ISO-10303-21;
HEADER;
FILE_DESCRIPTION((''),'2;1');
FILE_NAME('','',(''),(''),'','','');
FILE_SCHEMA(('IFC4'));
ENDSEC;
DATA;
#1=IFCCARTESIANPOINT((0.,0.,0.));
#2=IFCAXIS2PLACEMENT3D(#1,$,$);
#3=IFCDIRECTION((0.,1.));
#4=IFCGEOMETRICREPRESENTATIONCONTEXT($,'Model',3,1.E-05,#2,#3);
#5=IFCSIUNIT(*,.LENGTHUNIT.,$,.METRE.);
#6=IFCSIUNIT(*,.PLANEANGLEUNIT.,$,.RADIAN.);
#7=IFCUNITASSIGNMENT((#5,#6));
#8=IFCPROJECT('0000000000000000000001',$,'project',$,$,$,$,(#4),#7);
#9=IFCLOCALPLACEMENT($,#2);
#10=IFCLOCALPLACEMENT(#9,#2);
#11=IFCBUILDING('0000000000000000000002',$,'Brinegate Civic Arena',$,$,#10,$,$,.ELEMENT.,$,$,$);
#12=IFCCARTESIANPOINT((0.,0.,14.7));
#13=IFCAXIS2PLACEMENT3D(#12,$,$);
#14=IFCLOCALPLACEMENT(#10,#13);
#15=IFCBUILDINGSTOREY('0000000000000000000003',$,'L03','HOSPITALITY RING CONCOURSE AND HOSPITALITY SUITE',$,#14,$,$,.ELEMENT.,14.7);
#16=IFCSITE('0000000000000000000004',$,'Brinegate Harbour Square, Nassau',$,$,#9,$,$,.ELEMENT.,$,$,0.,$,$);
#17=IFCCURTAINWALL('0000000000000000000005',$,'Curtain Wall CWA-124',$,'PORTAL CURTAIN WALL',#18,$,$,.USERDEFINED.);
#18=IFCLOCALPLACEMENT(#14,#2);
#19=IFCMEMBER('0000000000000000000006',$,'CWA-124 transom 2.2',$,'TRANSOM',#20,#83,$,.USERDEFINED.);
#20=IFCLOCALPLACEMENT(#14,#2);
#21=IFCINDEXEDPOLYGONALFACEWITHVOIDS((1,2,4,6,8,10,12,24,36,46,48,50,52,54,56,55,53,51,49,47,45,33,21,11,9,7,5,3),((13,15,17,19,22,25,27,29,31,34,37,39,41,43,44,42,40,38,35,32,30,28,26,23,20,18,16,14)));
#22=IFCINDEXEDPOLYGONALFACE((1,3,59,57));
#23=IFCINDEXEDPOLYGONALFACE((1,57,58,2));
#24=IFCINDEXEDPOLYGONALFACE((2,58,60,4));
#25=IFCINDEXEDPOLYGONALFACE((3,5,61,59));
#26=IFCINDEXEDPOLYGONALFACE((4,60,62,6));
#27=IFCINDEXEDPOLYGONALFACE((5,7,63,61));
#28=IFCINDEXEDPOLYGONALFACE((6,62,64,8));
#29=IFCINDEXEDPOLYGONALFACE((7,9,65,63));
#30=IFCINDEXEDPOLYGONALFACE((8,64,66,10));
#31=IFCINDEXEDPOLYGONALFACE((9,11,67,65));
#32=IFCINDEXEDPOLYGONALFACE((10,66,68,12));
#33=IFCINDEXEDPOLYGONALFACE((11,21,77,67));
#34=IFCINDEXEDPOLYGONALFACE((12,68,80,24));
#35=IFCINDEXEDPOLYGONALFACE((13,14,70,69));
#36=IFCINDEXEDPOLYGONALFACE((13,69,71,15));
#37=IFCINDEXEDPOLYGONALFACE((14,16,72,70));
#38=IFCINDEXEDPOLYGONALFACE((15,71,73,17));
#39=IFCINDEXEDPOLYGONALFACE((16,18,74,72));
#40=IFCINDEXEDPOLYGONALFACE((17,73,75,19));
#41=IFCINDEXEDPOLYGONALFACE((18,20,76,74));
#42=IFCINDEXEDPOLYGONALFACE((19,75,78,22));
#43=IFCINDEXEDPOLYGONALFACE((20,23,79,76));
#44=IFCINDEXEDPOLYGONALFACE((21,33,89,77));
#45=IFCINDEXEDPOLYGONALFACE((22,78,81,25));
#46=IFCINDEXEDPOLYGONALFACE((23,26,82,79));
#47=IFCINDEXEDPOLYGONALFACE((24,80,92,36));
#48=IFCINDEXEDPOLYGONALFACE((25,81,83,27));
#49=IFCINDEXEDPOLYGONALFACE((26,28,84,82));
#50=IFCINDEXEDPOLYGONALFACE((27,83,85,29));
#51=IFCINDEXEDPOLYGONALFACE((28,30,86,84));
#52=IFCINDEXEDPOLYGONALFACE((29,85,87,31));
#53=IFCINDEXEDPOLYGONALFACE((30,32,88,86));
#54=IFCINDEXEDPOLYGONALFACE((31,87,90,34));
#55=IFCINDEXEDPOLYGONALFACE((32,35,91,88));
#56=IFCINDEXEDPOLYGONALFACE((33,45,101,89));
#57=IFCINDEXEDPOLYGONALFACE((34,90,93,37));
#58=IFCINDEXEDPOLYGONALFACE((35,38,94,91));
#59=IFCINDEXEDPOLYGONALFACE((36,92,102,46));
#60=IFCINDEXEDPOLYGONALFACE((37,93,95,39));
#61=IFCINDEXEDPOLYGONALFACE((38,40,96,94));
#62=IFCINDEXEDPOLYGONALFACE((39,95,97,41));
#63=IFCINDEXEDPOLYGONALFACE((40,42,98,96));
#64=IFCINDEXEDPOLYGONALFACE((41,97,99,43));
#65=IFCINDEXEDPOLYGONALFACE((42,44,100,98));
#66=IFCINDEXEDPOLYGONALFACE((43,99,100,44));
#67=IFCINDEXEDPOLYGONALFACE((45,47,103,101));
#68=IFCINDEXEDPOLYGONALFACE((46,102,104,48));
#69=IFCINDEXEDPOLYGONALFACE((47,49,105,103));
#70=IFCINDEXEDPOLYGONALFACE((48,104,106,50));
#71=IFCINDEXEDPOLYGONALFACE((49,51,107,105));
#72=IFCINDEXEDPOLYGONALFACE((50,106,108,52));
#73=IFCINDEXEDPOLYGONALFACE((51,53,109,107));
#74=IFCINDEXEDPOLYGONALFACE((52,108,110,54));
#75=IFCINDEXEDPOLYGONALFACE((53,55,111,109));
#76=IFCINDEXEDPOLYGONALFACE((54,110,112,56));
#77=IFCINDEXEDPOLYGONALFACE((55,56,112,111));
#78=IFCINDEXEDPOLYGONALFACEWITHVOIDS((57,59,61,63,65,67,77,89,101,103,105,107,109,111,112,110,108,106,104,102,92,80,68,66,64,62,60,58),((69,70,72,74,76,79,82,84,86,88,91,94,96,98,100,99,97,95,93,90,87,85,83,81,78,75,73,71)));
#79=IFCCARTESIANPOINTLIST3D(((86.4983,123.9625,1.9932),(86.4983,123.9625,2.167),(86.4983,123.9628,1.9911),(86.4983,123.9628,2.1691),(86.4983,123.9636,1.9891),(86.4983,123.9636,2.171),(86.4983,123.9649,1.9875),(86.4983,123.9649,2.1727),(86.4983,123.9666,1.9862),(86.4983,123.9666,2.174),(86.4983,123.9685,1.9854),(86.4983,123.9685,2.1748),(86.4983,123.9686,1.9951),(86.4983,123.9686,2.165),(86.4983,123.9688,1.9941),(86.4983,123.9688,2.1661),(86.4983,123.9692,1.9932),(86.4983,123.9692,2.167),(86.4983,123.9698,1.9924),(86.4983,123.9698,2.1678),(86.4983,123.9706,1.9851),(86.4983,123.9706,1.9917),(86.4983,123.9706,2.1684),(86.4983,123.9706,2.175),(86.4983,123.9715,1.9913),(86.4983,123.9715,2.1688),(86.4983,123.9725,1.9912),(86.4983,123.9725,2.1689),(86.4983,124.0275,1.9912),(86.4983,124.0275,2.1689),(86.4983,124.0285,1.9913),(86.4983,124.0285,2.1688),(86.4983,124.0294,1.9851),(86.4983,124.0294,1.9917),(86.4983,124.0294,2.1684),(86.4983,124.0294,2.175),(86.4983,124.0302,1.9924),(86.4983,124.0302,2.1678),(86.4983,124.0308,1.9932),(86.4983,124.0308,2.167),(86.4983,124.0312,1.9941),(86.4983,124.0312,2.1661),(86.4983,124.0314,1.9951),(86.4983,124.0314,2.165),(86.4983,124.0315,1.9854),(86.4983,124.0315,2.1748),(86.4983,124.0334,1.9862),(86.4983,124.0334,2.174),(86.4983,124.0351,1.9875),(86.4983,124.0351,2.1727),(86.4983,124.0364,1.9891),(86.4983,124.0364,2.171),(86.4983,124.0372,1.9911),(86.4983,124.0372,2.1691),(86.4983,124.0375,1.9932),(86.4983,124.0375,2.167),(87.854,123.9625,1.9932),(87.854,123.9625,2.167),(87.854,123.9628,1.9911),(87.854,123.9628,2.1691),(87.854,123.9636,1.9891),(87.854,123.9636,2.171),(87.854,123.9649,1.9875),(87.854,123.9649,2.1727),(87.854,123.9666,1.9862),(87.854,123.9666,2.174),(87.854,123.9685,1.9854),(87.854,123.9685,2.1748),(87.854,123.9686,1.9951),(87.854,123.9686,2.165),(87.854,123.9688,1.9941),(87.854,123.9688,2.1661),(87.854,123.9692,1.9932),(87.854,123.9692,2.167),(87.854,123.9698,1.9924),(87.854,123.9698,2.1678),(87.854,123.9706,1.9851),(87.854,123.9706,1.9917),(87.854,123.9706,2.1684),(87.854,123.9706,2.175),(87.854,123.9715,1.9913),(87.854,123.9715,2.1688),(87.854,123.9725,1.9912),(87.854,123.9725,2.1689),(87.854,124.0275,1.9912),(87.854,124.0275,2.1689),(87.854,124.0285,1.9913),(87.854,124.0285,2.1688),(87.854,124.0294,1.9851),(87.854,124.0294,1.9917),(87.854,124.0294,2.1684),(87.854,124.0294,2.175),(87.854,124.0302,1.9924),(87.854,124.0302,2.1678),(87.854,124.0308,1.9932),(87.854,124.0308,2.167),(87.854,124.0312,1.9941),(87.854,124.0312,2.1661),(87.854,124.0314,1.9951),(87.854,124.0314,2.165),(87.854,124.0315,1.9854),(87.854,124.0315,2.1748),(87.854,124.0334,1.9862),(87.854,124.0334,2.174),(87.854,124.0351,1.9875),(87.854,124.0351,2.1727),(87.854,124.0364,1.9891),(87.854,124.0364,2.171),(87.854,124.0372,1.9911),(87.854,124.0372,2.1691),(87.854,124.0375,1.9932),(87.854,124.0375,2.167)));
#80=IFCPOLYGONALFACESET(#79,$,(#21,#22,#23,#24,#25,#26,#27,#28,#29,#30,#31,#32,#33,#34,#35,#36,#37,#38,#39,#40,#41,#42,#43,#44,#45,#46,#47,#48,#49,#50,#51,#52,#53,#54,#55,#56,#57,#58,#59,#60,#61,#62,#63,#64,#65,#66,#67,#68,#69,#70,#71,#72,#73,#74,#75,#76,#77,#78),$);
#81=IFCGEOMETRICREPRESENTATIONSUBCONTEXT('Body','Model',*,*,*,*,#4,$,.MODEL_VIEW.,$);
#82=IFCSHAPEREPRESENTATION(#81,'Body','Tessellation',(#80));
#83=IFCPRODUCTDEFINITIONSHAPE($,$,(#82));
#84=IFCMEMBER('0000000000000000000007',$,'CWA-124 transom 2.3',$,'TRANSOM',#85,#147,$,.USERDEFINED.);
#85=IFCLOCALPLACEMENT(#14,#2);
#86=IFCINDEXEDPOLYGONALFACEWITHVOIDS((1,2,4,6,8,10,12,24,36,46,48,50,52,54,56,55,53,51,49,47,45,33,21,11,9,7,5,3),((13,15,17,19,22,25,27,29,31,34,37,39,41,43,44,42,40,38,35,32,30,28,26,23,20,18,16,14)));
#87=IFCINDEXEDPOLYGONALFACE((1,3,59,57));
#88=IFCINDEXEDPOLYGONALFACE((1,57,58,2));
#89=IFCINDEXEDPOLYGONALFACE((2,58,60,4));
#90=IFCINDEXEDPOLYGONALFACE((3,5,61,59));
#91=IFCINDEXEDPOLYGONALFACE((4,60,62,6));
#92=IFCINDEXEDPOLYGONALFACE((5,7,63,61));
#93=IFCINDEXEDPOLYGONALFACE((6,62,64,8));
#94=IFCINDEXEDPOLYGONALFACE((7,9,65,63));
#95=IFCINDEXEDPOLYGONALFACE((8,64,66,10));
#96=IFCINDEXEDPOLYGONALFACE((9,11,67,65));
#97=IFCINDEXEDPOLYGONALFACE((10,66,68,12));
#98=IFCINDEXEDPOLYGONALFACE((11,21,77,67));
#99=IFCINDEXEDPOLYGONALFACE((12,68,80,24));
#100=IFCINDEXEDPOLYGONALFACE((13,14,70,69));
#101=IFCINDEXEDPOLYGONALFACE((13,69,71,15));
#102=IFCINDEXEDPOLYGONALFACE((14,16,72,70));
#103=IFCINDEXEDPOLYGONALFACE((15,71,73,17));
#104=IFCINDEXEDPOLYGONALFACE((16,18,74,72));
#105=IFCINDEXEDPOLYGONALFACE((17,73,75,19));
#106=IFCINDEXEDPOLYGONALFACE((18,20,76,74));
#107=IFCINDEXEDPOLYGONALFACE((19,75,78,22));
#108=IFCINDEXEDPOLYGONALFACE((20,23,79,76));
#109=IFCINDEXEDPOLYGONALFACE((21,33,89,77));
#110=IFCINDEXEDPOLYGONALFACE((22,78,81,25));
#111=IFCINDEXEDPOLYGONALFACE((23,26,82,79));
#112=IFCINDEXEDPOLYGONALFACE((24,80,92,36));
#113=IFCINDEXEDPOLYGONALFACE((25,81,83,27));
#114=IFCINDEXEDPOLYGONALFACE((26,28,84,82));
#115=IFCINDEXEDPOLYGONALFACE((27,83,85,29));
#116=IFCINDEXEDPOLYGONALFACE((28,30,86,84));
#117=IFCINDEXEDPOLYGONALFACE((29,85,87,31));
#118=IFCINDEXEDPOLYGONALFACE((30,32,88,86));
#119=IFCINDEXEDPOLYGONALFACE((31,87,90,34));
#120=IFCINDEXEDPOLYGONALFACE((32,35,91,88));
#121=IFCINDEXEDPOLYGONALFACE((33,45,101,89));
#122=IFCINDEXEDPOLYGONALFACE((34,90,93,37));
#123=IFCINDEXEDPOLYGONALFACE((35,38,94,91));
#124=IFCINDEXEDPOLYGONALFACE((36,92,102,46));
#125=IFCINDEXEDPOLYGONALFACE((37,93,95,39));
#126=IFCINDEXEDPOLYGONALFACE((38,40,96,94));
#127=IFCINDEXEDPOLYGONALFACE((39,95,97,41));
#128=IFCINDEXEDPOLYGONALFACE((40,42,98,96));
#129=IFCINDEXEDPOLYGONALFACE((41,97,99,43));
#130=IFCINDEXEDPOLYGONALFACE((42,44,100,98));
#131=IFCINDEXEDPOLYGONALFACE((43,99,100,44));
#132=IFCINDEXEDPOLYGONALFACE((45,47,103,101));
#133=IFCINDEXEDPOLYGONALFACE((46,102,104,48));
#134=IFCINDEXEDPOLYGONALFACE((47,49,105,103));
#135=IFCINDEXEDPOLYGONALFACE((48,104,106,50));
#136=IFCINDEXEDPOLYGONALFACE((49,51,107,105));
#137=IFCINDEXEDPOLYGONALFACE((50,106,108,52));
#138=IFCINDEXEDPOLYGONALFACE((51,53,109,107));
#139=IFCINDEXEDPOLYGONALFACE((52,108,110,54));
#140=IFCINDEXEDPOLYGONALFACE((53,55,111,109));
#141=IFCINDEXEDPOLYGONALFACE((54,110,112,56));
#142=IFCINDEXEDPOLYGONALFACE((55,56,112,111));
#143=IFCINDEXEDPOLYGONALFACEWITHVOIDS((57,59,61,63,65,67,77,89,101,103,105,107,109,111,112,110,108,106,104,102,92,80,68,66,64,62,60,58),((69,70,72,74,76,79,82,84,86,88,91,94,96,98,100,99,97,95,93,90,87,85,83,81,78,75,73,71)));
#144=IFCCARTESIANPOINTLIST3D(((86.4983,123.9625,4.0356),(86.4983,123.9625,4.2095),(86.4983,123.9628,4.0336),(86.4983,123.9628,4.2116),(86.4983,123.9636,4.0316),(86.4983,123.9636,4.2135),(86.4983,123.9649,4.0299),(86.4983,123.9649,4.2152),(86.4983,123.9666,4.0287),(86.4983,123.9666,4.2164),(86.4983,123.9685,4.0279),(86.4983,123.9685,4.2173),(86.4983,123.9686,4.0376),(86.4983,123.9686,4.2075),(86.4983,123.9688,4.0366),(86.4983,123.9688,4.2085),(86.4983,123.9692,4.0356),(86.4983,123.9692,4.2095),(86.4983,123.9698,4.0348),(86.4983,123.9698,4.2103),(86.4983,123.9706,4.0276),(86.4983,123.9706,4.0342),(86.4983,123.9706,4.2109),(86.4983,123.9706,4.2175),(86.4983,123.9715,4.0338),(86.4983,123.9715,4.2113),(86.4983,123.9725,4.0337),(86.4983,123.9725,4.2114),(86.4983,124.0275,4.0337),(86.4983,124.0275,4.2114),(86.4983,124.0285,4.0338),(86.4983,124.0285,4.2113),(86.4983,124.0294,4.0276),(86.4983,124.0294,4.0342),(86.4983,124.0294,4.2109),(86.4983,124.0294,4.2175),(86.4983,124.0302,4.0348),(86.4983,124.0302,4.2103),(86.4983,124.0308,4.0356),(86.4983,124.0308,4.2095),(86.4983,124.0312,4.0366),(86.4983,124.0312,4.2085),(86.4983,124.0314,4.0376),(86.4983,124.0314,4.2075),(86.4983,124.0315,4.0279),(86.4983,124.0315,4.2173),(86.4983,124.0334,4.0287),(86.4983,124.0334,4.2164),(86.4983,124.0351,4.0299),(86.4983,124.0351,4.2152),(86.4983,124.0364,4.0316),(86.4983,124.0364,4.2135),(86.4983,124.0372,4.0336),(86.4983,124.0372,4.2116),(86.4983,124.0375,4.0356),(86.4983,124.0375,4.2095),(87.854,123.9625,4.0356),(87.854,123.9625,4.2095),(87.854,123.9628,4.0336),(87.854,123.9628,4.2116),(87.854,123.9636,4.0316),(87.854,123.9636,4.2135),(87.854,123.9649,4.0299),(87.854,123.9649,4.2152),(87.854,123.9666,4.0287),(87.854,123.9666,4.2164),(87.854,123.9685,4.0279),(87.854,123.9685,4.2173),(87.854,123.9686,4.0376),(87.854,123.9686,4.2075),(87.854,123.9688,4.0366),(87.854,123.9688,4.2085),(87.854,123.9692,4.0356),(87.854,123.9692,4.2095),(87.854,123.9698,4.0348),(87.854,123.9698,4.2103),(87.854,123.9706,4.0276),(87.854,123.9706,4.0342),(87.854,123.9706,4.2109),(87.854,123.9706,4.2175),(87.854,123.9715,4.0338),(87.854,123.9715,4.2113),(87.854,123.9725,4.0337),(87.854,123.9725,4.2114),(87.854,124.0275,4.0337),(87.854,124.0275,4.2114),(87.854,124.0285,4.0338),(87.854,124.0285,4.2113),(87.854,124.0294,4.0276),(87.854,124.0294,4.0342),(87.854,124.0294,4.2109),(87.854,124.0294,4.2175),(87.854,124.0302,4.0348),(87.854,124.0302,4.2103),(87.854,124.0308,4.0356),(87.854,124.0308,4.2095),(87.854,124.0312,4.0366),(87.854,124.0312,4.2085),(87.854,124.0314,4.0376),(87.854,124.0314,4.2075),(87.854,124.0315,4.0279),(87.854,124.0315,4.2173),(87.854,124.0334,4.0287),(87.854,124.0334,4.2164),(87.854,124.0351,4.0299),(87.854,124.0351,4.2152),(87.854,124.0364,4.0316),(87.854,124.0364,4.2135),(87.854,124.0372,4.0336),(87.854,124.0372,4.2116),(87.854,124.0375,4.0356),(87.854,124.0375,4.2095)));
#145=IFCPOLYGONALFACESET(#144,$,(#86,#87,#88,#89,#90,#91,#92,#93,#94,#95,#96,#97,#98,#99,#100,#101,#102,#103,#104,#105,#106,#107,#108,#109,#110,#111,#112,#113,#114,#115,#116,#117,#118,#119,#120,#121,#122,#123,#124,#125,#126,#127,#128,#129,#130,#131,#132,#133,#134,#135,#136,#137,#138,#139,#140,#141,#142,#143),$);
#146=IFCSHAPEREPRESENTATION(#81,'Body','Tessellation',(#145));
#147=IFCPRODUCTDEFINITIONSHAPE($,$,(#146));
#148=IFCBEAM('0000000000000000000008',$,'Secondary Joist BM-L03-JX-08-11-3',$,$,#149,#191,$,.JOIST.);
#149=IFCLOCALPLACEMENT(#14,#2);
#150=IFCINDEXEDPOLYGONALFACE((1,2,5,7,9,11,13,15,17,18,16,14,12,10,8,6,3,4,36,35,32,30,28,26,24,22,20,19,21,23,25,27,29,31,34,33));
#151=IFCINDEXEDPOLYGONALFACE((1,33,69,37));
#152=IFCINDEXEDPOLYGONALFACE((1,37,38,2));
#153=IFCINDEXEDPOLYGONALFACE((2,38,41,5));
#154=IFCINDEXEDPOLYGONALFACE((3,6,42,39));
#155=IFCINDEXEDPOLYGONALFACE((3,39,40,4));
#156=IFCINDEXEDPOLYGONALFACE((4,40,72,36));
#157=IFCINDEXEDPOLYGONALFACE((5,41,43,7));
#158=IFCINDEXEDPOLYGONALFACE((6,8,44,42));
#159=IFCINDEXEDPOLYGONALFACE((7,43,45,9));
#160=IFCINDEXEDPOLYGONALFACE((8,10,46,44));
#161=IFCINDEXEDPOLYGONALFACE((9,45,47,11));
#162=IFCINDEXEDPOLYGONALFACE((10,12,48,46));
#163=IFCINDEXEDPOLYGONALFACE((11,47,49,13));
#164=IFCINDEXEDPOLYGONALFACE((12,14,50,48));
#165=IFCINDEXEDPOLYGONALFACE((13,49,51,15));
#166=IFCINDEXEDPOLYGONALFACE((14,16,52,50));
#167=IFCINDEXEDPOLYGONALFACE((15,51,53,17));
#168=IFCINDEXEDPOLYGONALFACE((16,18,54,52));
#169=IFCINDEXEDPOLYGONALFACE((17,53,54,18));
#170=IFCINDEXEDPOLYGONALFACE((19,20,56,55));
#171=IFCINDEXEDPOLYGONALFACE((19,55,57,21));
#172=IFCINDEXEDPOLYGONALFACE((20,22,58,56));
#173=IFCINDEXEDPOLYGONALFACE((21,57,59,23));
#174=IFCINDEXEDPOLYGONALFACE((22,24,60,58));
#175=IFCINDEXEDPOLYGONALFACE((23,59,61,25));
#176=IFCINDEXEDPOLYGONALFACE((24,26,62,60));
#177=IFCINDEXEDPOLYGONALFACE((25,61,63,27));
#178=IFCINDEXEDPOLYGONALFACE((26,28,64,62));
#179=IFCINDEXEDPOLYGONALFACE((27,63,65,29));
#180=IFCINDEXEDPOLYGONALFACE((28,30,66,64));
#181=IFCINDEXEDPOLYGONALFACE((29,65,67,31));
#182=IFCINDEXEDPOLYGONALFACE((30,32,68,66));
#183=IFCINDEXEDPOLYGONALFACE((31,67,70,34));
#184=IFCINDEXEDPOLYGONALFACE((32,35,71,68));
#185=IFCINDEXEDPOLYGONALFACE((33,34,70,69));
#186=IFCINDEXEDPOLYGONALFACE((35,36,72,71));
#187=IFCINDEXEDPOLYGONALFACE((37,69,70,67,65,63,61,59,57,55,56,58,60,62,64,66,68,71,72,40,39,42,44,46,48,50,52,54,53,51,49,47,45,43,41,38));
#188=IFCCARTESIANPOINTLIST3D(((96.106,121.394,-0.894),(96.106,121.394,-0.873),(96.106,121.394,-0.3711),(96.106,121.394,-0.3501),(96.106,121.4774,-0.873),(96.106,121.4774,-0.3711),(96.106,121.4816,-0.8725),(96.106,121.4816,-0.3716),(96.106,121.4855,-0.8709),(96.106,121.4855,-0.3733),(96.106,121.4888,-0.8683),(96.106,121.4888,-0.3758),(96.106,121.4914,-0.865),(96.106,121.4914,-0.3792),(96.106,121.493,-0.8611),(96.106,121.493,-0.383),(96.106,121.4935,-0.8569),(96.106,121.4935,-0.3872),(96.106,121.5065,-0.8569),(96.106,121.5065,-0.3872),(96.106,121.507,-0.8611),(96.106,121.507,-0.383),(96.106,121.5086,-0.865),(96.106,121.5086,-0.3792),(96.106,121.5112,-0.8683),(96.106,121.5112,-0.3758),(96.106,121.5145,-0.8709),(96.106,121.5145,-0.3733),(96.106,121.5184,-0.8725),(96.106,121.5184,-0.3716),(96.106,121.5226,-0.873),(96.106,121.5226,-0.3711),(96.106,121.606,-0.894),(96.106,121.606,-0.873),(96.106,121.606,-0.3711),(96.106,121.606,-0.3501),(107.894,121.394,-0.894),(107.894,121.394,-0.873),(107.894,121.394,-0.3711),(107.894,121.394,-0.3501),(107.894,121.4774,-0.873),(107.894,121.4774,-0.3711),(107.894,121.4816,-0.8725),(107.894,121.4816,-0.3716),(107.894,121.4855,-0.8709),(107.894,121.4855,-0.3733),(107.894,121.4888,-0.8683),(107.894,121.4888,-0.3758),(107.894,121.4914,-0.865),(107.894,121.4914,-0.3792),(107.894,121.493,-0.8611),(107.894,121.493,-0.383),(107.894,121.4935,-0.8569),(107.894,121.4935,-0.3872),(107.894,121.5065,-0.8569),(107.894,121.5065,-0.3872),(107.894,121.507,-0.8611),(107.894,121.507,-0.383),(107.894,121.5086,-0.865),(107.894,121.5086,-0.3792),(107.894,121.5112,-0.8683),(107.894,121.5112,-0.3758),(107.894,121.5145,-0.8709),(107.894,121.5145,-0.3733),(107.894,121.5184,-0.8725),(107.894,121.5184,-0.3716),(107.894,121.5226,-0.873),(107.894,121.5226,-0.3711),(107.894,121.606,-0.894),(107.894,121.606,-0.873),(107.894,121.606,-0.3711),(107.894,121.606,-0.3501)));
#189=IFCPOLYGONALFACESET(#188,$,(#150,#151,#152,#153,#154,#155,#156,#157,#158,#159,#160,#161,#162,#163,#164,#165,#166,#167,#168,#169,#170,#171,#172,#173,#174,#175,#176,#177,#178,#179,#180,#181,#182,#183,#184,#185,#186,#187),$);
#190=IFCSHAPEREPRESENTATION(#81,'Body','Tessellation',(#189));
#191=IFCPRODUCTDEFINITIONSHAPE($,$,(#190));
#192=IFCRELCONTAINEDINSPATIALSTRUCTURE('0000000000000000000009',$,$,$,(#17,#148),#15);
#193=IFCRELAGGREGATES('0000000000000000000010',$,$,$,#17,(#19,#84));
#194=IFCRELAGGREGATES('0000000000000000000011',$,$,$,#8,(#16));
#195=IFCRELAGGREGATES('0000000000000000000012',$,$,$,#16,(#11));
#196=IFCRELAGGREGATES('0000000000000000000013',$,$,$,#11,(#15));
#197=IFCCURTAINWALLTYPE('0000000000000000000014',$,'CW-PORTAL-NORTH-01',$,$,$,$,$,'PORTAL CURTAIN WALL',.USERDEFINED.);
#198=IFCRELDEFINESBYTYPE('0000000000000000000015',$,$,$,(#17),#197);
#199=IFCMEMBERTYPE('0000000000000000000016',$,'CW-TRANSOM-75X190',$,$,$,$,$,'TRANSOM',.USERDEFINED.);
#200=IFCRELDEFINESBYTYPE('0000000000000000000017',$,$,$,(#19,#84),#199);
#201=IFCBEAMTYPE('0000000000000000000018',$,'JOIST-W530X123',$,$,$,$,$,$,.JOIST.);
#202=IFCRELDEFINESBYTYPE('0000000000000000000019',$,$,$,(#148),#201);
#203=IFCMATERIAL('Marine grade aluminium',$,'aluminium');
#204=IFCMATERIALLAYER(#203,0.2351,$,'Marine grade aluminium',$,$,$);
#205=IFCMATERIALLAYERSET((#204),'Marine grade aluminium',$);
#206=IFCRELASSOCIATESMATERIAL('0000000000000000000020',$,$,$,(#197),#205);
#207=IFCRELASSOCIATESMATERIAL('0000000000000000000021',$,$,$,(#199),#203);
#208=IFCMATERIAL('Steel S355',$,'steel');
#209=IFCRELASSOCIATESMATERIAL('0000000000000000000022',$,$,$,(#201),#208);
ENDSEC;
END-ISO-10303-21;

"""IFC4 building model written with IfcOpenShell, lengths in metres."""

from ifc_helpers import new_model, si_unit, direction, frame, origin, origin_2d, place, context, subcontext, project, spatial, hollow_rectangle, i_section, extrude, material, layer, layer_set, material_profile, profile_set, type_object, element, aggregate, save


model = new_model("IFC4")

# Units and contexts
model_context = context("Model", 3, precision=1e-05, world=origin(), true_north=direction((0.0, 1.0)))
body_context = subcontext(model_context, "Body", "Model", "MODEL_VIEW")
ifc_project = project(units=[si_unit("LENGTHUNIT", "METRE"), si_unit("PLANEANGLEUNIT", "RADIAN")], contexts=[model_context])

# Site, building, storey
site_placement = place(None, origin())
site = spatial("IfcSite", under=ifc_project, at=site_placement, Name="Brinegate Harbour Square, Nassau", CompositionType="ELEMENT", RefElevation=0.0)
building_placement = place(site_placement, origin())
building = spatial("IfcBuilding", under=site, at=building_placement, Name="Brinegate Civic Arena", CompositionType="ELEMENT")
storey_placement = place(building_placement, frame((0.0, 0.0, 14.7)))
storey = spatial("IfcBuildingStorey", under=building, at=storey_placement, Name="L03", Description="HOSPITALITY RING CONCOURSE AND HOSPITALITY SUITE", CompositionType="ELEMENT", Elevation=14.7)

# Curtain wall, members
ifc_material_1 = material(Name="Marine grade aluminium", Category="aluminium")
ifc_layer_1 = layer(ifc_material_1, 0.2351, Name="Marine grade aluminium")
ifc_layer_set_1 = layer_set([ifc_layer_1], Name="Marine grade aluminium")
curtain_wall_type = type_object("IfcCurtainWallType", Name="CW-PORTAL-NORTH-01", ElementType="PORTAL CURTAIN WALL", PredefinedType="USERDEFINED", material=ifc_layer_set_1)
curtain_wall_placement = place(storey_placement, origin())
curtain_wall = element("IfcCurtainWall", 1, at=curtain_wall_placement, inside=storey, type_object=curtain_wall_type, Name="Curtain Wall CWA-124", ObjectType="PORTAL CURTAIN WALL", PredefinedType="USERDEFINED")
ifc_material_profile_1 = material_profile(ifc_material_1, hollow_rectangle(XDim=0.075, YDim=0.1899, WallThickness=0.0061, InnerFilletRadius=0.0039, OuterFilletRadius=0.0081, at=origin_2d()), Name="TRN75X190")
ifc_profile_set_1 = profile_set([ifc_material_profile_1], Name="Marine grade aluminium")
member_type_1 = type_object("IfcMemberType", Name="CW-TRANSOM-75X190", ElementType="TRANSOM", PredefinedType="USERDEFINED", material=ifc_profile_set_1)
member_1_placement = place(storey_placement, frame((86.4983, 124.0, 2.0801), z_axis=(1.0, 0.0, 0.0), x_axis=(0.0, 1.0, 0.0)))
member_1 = element("IfcMember", 2, at=member_1_placement, type_object=member_type_1, Name="CWA-124 transom 2.2", ObjectType="TRANSOM", PredefinedType="USERDEFINED", context=body_context, shape_type="SweptSolid", body=[
    extrude(hollow_rectangle(XDim=0.075, YDim=0.1899, WallThickness=0.0061, InnerFilletRadius=0.0039, OuterFilletRadius=0.0081, at=origin_2d()), origin(), (0.0, 0.0, 1.0), 1.3557),
])
member_2_placement = place(storey_placement, frame((86.4983, 124.0, 4.1226), z_axis=(1.0, 0.0, 0.0), x_axis=(0.0, 1.0, 0.0)))
member_2 = element("IfcMember", 3, at=member_2_placement, type_object=member_type_1, Name="CWA-124 transom 2.3", ObjectType="TRANSOM", PredefinedType="USERDEFINED", context=body_context, shape_type="SweptSolid", body=[
    extrude(hollow_rectangle(XDim=0.075, YDim=0.1899, WallThickness=0.0061, InnerFilletRadius=0.0039, OuterFilletRadius=0.0081, at=origin_2d()), origin(), (0.0, 0.0, 1.0), 1.3557),
])

# Beam
ifc_material_2 = material(Name="Steel S355", Category="steel")
ifc_material_profile_2 = material_profile(ifc_material_2, i_section(OverallWidth=0.2119, OverallDepth=0.5439, WebThickness=0.0129, FlangeThickness=0.021, FilletRadius=0.0161, at=origin_2d()), Name="W530X123")
ifc_profile_set_2 = profile_set([ifc_material_profile_2], Name="Steel S355")
beam_type = type_object("IfcBeamType", Name="JOIST-W530X123", PredefinedType="JOIST", material=ifc_profile_set_2)
beam_placement = place(storey_placement, frame((96.106, 121.5, -0.6221), z_axis=(1.0, 0.0, 0.0), x_axis=(0.0, 1.0, 0.0)))
element("IfcBeam", 4, at=beam_placement, inside=storey, type_object=beam_type, Name="Secondary Joist BM-L03-JX-08-11-3", PredefinedType="JOIST", context=body_context, shape_type="SweptSolid", body=[
    extrude(i_section(OverallWidth=0.2119, OverallDepth=0.5439, WebThickness=0.0129, FlangeThickness=0.021, FilletRadius=0.0161, at=origin_2d()), origin(), (0.0, 0.0, 1.0), 11.7881),
])

aggregate(curtain_wall, [member_1, member_2])

save(model, "model.ifc")
